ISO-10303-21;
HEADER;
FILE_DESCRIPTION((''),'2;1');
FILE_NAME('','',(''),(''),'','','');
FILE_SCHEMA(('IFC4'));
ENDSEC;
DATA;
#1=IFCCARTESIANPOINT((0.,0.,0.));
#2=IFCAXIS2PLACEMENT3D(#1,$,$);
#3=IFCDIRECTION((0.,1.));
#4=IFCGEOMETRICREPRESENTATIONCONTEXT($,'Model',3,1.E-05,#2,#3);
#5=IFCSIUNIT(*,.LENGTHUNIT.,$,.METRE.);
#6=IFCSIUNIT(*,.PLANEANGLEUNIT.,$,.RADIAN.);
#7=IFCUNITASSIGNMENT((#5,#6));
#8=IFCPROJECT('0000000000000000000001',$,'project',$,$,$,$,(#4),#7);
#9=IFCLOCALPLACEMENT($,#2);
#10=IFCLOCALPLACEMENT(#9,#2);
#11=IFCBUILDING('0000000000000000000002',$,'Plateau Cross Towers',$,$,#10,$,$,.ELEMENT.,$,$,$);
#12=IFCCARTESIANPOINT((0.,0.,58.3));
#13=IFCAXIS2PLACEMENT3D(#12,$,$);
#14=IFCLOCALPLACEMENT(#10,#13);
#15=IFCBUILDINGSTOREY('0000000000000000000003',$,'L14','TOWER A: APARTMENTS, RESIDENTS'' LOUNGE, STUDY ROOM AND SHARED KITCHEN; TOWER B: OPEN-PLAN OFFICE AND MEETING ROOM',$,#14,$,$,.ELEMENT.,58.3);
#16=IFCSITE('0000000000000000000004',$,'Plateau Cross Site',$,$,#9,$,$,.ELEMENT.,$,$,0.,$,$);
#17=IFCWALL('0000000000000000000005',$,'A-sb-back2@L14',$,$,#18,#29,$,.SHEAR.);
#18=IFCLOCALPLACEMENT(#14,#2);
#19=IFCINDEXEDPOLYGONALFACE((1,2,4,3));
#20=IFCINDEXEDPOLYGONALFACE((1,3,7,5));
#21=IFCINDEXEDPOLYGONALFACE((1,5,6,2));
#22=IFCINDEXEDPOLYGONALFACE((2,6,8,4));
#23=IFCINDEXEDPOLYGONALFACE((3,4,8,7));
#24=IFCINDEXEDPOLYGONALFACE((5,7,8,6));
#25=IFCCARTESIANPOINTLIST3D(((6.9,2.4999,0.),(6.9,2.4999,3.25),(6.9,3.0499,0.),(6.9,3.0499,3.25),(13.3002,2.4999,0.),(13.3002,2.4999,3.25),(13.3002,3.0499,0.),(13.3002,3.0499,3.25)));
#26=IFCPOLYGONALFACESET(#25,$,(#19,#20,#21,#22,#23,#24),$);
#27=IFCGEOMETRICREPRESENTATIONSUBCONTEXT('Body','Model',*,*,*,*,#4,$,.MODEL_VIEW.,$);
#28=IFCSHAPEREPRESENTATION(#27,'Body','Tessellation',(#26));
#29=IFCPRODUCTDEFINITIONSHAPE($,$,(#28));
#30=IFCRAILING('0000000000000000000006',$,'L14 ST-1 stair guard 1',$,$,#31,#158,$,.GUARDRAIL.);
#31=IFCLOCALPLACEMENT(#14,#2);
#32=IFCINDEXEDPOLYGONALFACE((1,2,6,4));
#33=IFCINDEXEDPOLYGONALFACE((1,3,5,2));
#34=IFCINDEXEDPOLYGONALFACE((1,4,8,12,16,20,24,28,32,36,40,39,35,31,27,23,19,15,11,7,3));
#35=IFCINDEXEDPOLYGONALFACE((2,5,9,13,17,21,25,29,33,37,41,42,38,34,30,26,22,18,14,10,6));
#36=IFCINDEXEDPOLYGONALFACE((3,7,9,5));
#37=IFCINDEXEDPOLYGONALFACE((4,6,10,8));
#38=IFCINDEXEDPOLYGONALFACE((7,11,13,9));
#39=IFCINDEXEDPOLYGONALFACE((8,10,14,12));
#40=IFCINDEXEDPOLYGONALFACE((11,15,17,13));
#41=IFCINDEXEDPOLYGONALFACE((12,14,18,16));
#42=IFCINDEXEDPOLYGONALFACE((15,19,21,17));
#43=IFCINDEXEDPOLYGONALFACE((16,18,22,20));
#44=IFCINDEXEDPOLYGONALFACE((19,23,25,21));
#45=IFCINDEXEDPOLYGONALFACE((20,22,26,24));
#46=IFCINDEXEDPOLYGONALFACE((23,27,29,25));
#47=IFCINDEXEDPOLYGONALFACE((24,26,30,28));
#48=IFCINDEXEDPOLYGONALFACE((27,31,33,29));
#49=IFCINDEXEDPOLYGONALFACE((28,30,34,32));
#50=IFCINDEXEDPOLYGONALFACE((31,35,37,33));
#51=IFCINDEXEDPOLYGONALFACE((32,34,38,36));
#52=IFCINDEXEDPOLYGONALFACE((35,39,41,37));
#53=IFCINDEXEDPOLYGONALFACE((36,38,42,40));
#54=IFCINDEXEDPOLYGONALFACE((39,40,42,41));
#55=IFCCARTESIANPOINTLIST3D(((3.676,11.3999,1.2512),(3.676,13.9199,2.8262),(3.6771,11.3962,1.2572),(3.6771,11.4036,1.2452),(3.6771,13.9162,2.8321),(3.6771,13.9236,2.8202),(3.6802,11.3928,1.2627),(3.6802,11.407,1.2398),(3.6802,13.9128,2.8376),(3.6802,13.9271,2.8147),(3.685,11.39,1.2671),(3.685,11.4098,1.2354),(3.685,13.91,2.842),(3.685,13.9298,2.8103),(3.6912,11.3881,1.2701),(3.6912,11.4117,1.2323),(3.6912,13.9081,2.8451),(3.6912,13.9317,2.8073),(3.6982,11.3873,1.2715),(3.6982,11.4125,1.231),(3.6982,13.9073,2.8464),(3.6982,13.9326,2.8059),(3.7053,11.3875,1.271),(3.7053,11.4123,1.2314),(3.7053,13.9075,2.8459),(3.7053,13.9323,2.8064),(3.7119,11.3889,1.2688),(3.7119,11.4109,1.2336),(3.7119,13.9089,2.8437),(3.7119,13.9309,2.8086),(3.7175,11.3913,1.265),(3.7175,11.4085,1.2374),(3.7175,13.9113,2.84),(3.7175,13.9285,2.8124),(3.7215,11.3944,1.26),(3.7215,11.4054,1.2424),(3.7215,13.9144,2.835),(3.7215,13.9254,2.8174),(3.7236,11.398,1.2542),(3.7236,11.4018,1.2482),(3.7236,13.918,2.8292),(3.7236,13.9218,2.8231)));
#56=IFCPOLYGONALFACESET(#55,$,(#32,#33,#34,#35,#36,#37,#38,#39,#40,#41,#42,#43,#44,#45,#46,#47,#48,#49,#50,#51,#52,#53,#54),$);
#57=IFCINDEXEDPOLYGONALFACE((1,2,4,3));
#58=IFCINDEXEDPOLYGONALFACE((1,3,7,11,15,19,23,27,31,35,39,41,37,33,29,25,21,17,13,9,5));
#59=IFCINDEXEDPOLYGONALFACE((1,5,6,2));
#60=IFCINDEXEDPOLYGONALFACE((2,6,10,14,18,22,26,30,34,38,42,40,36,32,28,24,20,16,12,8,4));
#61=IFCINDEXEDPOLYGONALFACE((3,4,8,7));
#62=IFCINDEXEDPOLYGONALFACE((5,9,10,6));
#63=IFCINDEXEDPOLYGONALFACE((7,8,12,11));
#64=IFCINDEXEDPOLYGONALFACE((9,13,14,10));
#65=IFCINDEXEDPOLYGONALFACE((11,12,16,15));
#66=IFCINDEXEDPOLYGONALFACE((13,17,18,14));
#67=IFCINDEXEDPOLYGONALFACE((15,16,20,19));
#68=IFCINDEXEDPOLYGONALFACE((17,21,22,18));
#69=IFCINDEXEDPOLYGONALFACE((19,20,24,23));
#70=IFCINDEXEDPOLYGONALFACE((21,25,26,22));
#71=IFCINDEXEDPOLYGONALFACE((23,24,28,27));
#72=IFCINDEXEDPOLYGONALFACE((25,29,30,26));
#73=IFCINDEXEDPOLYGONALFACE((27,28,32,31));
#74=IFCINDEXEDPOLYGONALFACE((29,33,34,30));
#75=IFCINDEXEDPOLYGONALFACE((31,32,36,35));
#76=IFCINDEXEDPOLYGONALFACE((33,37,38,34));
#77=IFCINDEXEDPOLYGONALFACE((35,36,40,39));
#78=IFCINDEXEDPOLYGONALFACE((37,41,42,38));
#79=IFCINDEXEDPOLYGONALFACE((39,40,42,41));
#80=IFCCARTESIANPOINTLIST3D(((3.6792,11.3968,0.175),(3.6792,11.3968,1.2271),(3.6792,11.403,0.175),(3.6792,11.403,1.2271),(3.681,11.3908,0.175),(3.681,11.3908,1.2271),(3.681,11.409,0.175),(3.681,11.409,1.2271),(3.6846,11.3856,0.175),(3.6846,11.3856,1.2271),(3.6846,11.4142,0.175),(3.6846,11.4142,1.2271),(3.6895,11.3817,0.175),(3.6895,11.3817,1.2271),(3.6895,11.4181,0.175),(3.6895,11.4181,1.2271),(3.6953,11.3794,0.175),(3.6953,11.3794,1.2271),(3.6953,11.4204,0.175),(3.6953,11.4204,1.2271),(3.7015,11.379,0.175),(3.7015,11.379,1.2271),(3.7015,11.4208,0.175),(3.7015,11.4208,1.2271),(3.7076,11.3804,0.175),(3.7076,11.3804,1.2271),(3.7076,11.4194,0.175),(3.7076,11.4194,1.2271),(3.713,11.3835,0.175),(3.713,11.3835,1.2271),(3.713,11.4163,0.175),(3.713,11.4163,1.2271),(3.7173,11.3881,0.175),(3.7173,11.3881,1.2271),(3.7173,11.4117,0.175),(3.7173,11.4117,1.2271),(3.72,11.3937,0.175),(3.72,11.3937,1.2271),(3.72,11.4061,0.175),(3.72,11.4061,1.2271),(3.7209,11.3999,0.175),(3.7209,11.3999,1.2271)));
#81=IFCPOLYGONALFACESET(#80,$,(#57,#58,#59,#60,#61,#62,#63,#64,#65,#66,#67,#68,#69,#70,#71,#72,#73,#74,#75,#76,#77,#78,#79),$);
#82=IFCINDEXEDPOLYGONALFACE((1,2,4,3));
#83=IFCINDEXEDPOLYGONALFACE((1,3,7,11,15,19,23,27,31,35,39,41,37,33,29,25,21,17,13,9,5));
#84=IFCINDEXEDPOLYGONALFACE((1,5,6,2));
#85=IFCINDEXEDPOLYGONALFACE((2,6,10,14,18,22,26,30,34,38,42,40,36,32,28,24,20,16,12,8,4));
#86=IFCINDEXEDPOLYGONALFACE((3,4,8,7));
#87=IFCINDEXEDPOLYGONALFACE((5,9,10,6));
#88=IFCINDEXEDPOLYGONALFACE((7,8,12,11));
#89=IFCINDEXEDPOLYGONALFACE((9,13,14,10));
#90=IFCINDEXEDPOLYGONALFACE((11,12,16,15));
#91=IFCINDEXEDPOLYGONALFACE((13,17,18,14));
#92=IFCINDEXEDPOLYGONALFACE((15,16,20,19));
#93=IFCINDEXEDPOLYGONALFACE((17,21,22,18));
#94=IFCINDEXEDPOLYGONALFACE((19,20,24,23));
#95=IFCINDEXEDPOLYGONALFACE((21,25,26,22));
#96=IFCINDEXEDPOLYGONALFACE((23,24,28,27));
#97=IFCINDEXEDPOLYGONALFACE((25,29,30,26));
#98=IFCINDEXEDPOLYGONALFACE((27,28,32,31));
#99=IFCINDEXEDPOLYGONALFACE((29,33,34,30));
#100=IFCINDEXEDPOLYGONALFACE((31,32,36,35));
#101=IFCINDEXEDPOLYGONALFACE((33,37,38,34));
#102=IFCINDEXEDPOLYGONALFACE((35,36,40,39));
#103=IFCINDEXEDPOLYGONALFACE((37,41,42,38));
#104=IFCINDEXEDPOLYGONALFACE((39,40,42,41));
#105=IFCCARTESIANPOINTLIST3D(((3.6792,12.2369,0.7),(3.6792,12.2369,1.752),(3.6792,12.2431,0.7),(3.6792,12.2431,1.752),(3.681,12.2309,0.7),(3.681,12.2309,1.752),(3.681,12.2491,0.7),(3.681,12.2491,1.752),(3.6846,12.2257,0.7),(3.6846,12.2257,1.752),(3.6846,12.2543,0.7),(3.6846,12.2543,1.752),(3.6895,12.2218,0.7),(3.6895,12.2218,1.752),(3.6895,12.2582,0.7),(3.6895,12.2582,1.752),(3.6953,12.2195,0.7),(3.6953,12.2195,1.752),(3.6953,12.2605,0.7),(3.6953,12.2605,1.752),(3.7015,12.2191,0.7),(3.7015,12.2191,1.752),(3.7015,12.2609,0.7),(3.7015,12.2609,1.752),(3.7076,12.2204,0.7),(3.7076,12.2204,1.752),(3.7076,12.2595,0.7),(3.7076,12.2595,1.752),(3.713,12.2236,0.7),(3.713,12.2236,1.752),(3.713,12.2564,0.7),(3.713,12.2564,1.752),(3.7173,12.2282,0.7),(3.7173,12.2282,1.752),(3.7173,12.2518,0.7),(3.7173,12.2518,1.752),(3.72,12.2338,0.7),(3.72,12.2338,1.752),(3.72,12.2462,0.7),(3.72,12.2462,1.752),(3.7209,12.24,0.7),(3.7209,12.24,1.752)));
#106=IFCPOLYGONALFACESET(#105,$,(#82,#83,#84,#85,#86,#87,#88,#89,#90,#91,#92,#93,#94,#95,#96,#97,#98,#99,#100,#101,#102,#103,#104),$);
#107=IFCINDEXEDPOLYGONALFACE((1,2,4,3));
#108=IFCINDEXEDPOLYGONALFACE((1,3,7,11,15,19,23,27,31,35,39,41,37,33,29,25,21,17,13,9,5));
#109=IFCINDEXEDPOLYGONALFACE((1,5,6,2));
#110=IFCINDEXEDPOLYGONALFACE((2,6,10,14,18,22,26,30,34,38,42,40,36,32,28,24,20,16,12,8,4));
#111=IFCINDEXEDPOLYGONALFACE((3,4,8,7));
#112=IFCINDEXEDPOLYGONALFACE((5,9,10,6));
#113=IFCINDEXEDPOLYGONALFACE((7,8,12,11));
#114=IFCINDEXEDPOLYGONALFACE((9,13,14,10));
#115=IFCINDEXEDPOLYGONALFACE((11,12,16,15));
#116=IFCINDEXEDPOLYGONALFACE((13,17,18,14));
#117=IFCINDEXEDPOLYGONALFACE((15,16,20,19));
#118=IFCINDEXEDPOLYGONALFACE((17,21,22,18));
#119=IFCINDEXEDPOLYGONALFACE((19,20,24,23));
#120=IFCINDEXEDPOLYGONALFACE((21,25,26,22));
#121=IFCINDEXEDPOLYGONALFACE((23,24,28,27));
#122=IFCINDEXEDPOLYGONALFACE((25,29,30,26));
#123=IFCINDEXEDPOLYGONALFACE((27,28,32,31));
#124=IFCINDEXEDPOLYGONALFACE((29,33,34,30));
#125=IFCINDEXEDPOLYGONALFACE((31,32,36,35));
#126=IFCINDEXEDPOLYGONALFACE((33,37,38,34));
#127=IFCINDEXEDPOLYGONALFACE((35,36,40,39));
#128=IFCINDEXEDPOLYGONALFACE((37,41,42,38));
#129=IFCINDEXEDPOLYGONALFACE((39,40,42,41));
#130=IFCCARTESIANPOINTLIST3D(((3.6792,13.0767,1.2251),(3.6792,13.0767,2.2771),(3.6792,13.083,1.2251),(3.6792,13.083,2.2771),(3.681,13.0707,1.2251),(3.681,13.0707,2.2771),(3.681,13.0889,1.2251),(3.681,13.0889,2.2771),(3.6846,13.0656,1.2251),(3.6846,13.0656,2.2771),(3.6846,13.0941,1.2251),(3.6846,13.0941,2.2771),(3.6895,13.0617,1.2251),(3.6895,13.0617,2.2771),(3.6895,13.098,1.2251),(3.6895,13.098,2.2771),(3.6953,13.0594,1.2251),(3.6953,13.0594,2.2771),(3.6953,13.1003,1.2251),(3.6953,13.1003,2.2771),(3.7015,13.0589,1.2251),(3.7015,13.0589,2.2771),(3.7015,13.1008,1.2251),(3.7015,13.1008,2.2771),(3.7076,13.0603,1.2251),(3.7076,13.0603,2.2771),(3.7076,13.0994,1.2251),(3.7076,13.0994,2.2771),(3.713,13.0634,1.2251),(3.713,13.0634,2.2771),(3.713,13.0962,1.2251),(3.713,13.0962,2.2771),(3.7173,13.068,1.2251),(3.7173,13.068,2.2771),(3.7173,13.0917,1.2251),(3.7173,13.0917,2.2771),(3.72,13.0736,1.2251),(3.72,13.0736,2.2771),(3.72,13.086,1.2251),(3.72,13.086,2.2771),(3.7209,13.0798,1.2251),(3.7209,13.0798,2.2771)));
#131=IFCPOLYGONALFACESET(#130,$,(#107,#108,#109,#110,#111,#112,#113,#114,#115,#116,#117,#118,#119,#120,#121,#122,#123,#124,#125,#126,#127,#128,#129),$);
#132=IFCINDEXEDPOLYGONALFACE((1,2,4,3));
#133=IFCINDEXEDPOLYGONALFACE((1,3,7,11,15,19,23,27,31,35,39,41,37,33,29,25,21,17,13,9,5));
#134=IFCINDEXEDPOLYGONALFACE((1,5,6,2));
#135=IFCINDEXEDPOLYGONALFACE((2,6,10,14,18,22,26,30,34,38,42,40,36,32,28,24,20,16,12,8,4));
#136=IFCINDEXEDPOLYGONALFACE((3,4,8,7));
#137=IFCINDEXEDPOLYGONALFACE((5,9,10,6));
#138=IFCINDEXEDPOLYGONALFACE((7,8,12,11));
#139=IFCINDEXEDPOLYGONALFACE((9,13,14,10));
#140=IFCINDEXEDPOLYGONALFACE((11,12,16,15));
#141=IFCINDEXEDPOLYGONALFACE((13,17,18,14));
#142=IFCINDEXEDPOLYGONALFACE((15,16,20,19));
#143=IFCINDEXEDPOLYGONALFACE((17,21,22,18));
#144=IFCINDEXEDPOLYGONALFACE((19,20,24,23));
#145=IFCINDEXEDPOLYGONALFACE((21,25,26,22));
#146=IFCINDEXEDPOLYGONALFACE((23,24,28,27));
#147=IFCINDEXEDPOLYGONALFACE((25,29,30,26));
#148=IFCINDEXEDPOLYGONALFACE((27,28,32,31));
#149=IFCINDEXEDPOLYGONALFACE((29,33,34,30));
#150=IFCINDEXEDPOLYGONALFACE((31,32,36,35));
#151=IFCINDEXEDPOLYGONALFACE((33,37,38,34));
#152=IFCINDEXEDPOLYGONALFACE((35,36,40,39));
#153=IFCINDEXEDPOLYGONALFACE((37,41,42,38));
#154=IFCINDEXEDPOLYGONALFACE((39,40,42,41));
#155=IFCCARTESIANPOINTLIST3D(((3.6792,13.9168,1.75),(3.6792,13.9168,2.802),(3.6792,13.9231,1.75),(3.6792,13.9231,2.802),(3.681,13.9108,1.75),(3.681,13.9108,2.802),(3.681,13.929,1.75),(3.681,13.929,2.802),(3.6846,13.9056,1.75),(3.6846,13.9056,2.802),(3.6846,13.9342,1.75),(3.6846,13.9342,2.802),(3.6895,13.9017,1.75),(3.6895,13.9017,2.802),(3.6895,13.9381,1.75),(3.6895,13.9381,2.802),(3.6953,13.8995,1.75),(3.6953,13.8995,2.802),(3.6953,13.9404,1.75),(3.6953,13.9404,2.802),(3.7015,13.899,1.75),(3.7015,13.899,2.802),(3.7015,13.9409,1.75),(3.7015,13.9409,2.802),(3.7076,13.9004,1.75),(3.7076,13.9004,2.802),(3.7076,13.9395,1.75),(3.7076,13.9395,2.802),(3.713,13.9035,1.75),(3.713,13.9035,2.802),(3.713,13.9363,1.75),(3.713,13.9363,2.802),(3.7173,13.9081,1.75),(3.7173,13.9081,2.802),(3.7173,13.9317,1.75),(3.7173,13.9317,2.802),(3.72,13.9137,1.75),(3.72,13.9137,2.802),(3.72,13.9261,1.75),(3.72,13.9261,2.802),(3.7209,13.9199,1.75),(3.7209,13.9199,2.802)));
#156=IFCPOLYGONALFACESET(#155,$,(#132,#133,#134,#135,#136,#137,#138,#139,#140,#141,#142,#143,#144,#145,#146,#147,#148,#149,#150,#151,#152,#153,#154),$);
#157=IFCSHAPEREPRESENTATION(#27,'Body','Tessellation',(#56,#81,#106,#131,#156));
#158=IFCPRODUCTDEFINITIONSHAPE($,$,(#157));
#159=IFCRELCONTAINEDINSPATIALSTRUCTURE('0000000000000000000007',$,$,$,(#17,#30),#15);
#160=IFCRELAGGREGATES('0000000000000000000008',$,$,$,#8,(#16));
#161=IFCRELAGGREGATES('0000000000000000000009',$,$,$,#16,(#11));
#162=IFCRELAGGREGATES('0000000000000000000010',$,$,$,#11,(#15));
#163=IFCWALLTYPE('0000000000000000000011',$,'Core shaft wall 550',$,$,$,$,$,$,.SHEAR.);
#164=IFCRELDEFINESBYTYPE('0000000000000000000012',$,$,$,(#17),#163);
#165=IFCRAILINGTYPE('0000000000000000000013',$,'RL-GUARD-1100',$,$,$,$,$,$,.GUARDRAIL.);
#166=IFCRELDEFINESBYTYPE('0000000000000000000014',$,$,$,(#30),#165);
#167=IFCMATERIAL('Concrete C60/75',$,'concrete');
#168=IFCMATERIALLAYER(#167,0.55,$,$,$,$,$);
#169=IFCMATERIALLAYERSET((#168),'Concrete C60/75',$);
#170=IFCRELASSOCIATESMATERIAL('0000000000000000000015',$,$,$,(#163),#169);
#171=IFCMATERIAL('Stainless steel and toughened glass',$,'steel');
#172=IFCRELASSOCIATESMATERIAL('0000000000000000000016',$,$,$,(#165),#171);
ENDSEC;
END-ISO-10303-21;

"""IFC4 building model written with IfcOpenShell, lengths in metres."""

from ifc_helpers import new_model, si_unit, direction, frame, frame_2d, origin, origin_2d, place, context, subcontext, project, spatial, rectangle, circle, extrude, material, layer, layer_set, type_object, element, save


model = new_model("IFC4")

# Units and contexts
model_context = context("Model", 3, precision=1e-05, world=origin(), true_north=direction((0.0, 1.0)))
body_context = subcontext(model_context, "Body", "Model", "MODEL_VIEW")
ifc_project = project(units=[si_unit("LENGTHUNIT", "METRE"), si_unit("PLANEANGLEUNIT", "RADIAN")], contexts=[model_context])

# Site, building, storey
site_placement = place(None, origin())
site = spatial("IfcSite", under=ifc_project, at=site_placement, Name="Plateau Cross Site", CompositionType="ELEMENT", RefElevation=0.0)
building_placement = place(site_placement, origin())
building = spatial("IfcBuilding", under=site, at=building_placement, Name="Plateau Cross Towers", CompositionType="ELEMENT")
storey_placement = place(building_placement, frame((0.0, 0.0, 58.3)))
storey = spatial("IfcBuildingStorey", under=building, at=storey_placement, Name="L14", Description="TOWER A: APARTMENTS, RESIDENTS' LOUNGE, STUDY ROOM AND SHARED KITCHEN; TOWER B: OPEN-PLAN OFFICE AND MEETING ROOM", CompositionType="ELEMENT", Elevation=58.3)

# Shared definitions
ifc_material_1 = material(Name="Concrete C60/75", Category="concrete")

# Wall
ifc_layer_1 = layer(ifc_material_1, 0.55)
ifc_layer_set_1 = layer_set([ifc_layer_1], Name="Concrete C60/75")
wall_type_1 = type_object("IfcWallType", Name="Core shaft wall 550", PredefinedType="SHEAR", material=ifc_layer_set_1)
wall_1_placement = place(storey_placement, frame((6.8999, 2.7749, 0.0), z_axis=(0.0, 0.0, 1.0), x_axis=(1.0, 0.0, 0.0)))
element("IfcWall", 1, at=wall_1_placement, inside=storey, type_object=wall_type_1, Name="A-sb-back2@L14", PredefinedType="SHEAR", context=body_context, shape_type="SweptSolid", body=[
    extrude(rectangle(XDim=6.4001, YDim=0.55, at=frame_2d((3.2002, 0.0))), origin(), (0.0, 0.0, 1.0), 3.25),
])

# Railing
ifc_material_2 = material(Name="Stainless steel and toughened glass", Category="steel")
railing_type = type_object("IfcRailingType", Name="RL-GUARD-1100", PredefinedType="GUARDRAIL", material=ifc_material_2)
railing_1_placement = place(storey_placement, frame((3.7, 11.3999, 0.175)))
element("IfcRailing", 2, at=railing_1_placement, inside=storey, type_object=railing_type, Name="L14 ST-1 stair guard 1", PredefinedType="GUARDRAIL", context=body_context, shape_type="SweptSolid", body=[
    extrude(circle(Radius=0.0239, at=origin_2d()), frame((0.0, 0.0, 1.0762), z_axis=(0.0, 0.848008, 0.529984), x_axis=(-1.0, 0.0, 0.0)), (0.0, 0.0, 1.0), 2.9717),
    extrude(circle(Radius=0.021, at=origin_2d()), origin(), (0.0, 0.0, 1.0), 1.052),
    extrude(circle(Radius=0.021, at=origin_2d()), frame((0.0, 0.8401, 0.5249)), (0.0, 0.0, 1.0), 1.052),
    extrude(circle(Radius=0.021, at=origin_2d()), frame((0.0, 1.6799, 1.05)), (0.0, 0.0, 1.0), 1.052),
    extrude(circle(Radius=0.021, at=origin_2d()), frame((0.0, 2.52, 1.575)), (0.0, 0.0, 1.0), 1.052),
])

save(model, "model.ifc")
